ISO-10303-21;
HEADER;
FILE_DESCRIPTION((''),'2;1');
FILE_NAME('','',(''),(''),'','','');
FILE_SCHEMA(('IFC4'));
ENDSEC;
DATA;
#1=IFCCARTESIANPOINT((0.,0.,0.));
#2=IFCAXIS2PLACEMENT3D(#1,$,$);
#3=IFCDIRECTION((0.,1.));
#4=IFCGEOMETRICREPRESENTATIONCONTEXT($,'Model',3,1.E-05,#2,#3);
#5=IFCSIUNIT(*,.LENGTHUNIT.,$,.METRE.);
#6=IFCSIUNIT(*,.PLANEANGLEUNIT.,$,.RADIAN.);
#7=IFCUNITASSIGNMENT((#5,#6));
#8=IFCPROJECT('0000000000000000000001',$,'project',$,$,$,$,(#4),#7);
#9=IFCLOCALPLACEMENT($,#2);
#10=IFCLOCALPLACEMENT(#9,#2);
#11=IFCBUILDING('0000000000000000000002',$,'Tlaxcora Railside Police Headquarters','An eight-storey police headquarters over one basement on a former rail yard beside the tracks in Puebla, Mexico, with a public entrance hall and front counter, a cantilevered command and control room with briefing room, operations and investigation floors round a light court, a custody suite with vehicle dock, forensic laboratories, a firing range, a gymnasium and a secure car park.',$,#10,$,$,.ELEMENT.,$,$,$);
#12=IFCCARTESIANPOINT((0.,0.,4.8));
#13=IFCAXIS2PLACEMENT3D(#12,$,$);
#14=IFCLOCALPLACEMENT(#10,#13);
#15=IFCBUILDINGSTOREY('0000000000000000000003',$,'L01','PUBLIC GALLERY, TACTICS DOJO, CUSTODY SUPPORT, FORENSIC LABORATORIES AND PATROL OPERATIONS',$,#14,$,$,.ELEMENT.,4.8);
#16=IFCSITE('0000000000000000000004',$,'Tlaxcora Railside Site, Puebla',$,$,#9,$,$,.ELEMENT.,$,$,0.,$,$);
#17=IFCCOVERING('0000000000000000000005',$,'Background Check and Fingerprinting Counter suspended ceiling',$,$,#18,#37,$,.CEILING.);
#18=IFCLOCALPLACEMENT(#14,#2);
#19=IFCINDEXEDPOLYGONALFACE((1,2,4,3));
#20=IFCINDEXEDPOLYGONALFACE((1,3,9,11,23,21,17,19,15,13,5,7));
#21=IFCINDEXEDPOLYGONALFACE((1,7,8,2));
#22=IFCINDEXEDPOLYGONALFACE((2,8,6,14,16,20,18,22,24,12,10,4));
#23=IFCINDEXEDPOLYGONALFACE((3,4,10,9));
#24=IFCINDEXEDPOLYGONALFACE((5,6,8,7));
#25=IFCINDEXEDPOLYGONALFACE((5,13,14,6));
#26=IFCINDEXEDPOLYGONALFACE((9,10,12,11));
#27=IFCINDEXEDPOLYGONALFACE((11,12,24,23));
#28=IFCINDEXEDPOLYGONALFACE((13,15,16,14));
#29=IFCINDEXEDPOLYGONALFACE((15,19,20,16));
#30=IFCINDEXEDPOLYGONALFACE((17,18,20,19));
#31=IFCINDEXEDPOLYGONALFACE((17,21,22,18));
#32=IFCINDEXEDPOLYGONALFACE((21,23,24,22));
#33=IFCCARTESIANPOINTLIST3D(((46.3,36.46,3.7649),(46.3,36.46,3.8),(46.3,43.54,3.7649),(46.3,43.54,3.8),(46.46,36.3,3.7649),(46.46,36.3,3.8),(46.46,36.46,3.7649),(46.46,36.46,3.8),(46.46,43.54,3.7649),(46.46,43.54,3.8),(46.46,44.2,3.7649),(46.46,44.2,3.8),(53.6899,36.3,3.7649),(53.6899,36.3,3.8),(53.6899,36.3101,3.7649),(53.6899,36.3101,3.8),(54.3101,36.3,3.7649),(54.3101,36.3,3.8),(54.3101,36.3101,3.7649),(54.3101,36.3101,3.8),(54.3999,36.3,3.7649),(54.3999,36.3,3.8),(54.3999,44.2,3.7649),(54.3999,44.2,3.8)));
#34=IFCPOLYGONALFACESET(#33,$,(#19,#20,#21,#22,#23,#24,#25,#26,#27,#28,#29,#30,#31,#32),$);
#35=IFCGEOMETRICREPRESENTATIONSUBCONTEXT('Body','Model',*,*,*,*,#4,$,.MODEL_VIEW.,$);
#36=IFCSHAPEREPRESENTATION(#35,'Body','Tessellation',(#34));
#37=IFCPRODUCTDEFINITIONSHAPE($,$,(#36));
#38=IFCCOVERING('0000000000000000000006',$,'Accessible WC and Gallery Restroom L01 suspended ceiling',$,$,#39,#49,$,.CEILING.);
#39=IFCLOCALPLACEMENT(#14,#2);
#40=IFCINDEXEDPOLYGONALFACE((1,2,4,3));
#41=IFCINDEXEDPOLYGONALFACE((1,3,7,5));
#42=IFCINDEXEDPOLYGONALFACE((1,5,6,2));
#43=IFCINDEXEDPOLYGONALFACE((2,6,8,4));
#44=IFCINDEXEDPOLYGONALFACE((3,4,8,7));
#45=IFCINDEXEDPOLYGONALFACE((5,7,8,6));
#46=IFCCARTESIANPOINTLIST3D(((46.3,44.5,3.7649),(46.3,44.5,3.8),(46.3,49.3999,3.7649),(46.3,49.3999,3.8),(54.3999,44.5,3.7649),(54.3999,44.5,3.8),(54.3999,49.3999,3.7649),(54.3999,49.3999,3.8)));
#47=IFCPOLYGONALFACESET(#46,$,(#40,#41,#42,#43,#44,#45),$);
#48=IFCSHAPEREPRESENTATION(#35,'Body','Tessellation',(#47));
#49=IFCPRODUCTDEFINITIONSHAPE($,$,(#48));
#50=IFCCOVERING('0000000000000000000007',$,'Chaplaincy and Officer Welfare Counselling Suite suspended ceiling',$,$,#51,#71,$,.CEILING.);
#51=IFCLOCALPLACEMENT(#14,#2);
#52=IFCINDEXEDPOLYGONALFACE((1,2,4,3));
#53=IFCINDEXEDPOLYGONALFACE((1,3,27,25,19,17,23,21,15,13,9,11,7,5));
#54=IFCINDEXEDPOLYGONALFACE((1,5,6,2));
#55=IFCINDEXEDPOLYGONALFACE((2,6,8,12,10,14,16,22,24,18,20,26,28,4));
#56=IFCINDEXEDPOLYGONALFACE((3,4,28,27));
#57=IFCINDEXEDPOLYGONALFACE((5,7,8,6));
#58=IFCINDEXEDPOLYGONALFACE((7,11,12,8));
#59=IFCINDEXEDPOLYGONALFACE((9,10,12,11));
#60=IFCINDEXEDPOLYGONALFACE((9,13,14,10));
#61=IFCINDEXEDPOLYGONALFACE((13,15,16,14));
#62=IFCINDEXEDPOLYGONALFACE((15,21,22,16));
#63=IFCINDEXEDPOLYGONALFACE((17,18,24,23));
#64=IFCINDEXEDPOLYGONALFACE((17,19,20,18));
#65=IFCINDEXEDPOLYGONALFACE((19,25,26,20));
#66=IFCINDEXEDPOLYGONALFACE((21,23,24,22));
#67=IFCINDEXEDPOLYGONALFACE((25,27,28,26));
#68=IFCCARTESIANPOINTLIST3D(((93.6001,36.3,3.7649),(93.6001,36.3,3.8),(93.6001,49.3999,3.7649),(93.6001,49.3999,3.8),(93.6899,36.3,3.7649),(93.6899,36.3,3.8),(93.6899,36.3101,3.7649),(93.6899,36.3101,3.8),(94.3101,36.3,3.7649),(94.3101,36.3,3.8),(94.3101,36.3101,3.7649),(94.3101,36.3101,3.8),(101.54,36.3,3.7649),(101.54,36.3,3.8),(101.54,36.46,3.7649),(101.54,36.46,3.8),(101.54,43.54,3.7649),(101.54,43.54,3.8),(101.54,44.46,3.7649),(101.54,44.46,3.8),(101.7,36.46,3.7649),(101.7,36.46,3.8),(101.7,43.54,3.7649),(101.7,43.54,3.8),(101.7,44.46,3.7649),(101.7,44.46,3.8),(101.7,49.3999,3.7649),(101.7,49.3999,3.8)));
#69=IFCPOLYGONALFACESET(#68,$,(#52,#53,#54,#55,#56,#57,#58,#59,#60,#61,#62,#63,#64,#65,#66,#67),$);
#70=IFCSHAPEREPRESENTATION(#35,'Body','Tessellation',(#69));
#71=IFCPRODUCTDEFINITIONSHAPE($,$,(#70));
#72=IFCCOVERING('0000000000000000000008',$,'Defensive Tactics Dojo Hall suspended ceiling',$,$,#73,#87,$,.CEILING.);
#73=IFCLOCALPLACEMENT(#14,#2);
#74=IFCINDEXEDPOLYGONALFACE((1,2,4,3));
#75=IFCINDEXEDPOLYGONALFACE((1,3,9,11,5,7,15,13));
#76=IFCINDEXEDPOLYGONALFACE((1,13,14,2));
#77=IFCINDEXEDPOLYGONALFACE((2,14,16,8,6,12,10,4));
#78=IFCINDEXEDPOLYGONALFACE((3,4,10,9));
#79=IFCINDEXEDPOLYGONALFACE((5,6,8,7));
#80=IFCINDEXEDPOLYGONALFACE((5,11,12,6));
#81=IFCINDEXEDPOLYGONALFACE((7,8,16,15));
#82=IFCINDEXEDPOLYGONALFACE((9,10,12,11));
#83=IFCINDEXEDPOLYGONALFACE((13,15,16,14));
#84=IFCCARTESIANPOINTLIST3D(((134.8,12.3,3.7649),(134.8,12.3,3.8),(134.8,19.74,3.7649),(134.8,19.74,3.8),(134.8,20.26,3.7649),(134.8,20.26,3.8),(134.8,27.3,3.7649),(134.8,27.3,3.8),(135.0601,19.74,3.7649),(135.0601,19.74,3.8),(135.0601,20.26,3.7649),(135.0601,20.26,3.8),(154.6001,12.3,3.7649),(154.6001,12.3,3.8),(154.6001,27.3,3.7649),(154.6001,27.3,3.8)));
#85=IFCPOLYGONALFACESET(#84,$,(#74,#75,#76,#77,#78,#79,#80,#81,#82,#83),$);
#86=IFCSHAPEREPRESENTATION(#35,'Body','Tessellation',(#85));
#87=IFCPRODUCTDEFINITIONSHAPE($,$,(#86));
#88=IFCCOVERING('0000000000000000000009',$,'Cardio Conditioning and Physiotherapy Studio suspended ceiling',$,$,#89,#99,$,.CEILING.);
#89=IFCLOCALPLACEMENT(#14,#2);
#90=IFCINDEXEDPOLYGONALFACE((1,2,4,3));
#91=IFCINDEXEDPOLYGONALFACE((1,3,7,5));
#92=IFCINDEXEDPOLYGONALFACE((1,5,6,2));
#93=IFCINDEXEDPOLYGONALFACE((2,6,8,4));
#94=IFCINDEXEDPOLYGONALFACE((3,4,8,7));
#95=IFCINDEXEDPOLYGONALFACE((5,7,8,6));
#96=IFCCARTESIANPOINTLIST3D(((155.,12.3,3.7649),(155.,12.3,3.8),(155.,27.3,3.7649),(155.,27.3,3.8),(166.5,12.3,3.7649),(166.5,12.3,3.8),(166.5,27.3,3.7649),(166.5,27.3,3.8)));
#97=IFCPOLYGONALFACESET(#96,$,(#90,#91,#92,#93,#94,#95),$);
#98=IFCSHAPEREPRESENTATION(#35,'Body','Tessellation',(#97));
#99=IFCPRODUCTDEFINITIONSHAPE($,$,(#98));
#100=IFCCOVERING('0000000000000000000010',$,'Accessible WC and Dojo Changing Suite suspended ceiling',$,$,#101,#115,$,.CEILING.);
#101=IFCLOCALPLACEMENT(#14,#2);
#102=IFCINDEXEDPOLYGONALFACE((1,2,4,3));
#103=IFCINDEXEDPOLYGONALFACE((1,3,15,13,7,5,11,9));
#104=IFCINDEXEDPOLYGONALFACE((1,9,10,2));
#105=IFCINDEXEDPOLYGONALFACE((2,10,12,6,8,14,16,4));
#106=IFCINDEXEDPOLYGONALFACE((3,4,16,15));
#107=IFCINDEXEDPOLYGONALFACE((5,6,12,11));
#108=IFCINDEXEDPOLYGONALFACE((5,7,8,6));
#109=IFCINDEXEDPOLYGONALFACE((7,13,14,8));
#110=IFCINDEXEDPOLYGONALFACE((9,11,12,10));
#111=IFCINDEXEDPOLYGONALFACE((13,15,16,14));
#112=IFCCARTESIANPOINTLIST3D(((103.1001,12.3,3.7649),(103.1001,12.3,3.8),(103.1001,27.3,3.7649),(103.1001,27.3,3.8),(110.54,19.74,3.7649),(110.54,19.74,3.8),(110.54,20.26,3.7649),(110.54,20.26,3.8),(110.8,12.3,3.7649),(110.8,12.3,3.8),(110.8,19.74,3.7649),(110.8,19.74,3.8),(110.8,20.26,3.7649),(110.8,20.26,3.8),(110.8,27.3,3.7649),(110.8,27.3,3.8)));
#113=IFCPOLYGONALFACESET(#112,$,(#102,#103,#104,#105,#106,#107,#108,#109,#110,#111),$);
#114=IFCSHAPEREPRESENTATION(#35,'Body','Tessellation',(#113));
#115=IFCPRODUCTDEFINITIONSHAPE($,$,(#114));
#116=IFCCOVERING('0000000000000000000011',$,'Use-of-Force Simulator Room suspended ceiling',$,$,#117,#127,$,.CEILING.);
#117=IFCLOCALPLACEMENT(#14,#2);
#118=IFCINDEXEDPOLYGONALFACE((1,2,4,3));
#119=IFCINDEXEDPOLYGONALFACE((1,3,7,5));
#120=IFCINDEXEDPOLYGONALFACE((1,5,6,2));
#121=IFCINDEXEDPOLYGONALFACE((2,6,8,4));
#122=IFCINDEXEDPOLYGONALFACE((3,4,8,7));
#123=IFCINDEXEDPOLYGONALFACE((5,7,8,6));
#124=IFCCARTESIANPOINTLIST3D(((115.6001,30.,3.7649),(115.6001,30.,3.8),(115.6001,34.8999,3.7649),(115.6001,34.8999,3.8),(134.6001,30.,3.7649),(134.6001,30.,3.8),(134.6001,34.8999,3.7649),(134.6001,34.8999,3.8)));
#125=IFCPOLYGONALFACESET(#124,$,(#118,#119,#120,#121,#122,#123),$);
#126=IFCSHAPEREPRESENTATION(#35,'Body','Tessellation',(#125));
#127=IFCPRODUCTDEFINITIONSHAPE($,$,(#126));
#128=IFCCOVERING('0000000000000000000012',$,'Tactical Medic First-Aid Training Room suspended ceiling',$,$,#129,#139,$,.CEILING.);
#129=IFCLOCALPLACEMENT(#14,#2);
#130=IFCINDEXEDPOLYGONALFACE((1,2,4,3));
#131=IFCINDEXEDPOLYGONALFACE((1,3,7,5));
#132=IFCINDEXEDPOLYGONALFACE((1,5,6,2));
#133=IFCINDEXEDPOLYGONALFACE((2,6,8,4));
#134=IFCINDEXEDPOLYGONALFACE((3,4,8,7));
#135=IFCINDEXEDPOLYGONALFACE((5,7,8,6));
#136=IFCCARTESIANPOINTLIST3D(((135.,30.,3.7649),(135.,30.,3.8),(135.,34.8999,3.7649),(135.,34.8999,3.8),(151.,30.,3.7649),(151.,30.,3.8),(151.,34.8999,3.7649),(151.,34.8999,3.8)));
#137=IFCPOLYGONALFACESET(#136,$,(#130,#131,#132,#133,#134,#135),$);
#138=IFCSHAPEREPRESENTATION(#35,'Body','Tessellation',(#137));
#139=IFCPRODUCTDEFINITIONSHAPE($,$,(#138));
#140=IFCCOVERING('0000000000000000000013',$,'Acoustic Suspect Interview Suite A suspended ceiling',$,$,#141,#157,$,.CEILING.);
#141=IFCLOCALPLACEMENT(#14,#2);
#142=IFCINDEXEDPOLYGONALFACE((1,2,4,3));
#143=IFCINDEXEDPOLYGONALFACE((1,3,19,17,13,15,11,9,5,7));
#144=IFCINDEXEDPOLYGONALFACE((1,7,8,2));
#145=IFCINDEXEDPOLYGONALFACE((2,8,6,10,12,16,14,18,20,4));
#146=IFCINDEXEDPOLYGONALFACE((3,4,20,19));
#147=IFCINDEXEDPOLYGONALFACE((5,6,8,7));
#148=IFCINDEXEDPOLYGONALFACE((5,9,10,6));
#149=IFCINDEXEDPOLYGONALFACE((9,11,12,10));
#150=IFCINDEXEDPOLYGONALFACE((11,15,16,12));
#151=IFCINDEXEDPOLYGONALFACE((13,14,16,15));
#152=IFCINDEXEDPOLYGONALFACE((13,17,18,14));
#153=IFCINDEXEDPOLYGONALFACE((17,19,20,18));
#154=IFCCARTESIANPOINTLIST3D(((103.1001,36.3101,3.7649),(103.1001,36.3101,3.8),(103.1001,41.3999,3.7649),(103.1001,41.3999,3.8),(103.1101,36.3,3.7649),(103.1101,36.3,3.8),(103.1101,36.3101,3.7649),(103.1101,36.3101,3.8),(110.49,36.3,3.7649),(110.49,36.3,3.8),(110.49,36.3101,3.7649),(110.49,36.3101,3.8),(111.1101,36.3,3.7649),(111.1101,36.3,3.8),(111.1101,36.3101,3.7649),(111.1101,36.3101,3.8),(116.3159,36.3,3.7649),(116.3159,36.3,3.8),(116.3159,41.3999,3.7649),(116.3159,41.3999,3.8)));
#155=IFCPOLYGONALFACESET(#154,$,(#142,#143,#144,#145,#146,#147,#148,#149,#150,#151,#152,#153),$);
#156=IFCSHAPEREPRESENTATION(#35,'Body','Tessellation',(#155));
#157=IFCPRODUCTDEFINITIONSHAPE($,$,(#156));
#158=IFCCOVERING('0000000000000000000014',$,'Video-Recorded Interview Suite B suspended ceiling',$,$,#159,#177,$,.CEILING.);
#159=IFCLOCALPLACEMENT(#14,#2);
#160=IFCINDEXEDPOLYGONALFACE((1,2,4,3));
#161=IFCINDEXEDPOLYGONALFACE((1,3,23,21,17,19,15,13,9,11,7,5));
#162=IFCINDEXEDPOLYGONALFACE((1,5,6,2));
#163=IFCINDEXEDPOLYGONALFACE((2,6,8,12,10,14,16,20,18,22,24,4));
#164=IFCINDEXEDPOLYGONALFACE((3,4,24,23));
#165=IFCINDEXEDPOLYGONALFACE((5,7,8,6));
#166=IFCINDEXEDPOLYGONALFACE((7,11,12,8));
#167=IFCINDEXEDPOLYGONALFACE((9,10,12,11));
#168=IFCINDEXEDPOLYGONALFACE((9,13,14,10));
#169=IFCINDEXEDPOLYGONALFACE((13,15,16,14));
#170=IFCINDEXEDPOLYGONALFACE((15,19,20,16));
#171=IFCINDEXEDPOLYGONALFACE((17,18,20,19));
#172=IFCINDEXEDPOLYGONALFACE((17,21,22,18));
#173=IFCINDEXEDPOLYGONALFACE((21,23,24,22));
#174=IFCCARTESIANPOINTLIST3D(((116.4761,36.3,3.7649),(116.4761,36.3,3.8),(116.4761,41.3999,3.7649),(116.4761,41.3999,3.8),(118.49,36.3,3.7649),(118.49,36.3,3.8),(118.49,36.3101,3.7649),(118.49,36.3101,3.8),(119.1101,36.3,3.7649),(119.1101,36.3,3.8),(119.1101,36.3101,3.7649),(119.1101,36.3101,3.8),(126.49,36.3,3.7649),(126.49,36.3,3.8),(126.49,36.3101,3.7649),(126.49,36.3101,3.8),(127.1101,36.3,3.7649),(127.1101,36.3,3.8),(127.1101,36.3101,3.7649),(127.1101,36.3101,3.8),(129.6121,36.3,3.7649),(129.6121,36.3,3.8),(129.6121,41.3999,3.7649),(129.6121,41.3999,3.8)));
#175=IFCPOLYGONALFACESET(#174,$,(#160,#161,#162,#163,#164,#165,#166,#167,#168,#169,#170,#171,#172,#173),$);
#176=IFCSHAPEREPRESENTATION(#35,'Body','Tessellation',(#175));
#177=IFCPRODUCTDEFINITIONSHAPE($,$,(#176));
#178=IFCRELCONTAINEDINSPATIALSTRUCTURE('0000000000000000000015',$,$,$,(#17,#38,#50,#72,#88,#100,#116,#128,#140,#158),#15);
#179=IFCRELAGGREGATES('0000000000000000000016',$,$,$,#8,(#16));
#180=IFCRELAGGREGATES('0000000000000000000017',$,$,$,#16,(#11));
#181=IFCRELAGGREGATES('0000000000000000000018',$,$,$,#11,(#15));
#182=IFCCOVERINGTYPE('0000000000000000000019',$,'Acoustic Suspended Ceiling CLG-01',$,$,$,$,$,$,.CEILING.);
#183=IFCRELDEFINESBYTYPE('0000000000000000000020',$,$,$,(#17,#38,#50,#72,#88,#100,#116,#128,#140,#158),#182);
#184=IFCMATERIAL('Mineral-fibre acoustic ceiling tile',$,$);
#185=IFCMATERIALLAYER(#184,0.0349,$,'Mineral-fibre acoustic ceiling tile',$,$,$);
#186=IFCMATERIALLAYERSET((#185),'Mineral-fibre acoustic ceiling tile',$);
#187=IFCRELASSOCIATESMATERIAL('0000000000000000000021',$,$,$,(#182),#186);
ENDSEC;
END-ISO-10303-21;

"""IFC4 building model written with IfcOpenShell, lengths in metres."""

from ifc_helpers import new_model, si_unit, direction, frame, origin, place, context, subcontext, project, spatial, polyline, outline, extrude, material, layer, layer_set, type_object, element, save


model = new_model("IFC4")

# Units and contexts
model_context = context("Model", 3, precision=1e-05, world=origin(), true_north=direction((0.0, 1.0)))
body_context = subcontext(model_context, "Body", "Model", "MODEL_VIEW")
ifc_project = project(units=[si_unit("LENGTHUNIT", "METRE"), si_unit("PLANEANGLEUNIT", "RADIAN")], contexts=[model_context])

# Site, building, storey
site_placement = place(None, origin())
site = spatial("IfcSite", under=ifc_project, at=site_placement, Name="Tlaxcora Railside Site, Puebla", CompositionType="ELEMENT", RefElevation=0.0)
building_placement = place(site_placement, origin())
building = spatial("IfcBuilding", under=site, at=building_placement, Name="Tlaxcora Railside Police Headquarters", Description="An eight-storey police headquarters over one basement on a former rail yard beside the tracks in Puebla, Mexico, with a public entrance hall and front counter, a cantilevered command and control room with briefing room, operations and investigation floors round a light court, a custody suite with vehicle dock, forensic laboratories, a firing range, a gymnasium and a secure car park.", CompositionType="ELEMENT")
storey_placement = place(building_placement, frame((0.0, 0.0, 4.8)))
storey = spatial("IfcBuildingStorey", under=building, at=storey_placement, Name="L01", Description="PUBLIC GALLERY, TACTICS DOJO, CUSTODY SUPPORT, FORENSIC LABORATORIES AND PATROL OPERATIONS", CompositionType="ELEMENT", Elevation=4.8)

# Coverings
ifc_material_1 = material(Name="Mineral-fibre acoustic ceiling tile")
ifc_layer_1 = layer(ifc_material_1, 0.0349, Name="Mineral-fibre acoustic ceiling tile")
ifc_layer_set_1 = layer_set([ifc_layer_1], Name="Mineral-fibre acoustic ceiling tile")
covering_type = type_object("IfcCoveringType", Name="Acoustic Suspended Ceiling CLG-01", PredefinedType="CEILING", material=ifc_layer_set_1)
covering_1_placement = place(storey_placement, frame((0.0, 0.0, 3.7649)))
element("IfcCovering", 1, at=covering_1_placement, inside=storey, type_object=covering_type, Name="Background Check and Fingerprinting Counter suspended ceiling", PredefinedType="CEILING", context=body_context, shape_type="SweptSolid", body=[
    extrude(outline(polyline([(54.3999, 44.2), (46.46, 44.2), (46.46, 43.54), (46.3, 43.54), (46.3, 36.46), (46.46, 36.46), (46.46, 36.3), (53.6899, 36.3), (53.6899, 36.3101), (54.3101, 36.3101), (54.3101, 36.3), (54.3999, 36.3), (54.3999, 44.2)])), origin(), (0.0, 0.0, 1.0), 0.0352),
])
covering_2_placement = place(storey_placement, frame((0.0, 0.0, 3.7649)))
element("IfcCovering", 2, at=covering_2_placement, inside=storey, type_object=covering_type, Name="Accessible WC and Gallery Restroom L01 suspended ceiling", PredefinedType="CEILING", context=body_context, shape_type="SweptSolid", body=[
    extrude(outline(polyline([(54.3999, 44.5), (54.3999, 49.3999), (46.3, 49.3999), (46.3, 44.5), (54.3999, 44.5)])), origin(), (0.0, 0.0, 1.0), 0.0352),
])
covering_3_placement = place(storey_placement, frame((0.0, 0.0, 3.7649)))
element("IfcCovering", 3, at=covering_3_placement, inside=storey, type_object=covering_type, Name="Chaplaincy and Officer Welfare Counselling Suite suspended ceiling", PredefinedType="CEILING", context=body_context, shape_type="SweptSolid", body=[
    extrude(outline(polyline([(101.7, 49.3999), (93.6001, 49.3999), (93.6001, 36.3), (93.6899, 36.3), (93.6899, 36.3101), (94.3101, 36.3101), (94.3101, 36.3), (101.54, 36.3), (101.54, 36.46), (101.7, 36.46), (101.7, 43.54), (101.54, 43.54), (101.54, 44.46), (101.7, 44.46), (101.7, 49.3999)])), origin(), (0.0, 0.0, 1.0), 0.0352),
])
covering_4_placement = place(storey_placement, frame((0.0, 0.0, 3.7649)))
element("IfcCovering", 4, at=covering_4_placement, inside=storey, type_object=covering_type, Name="Defensive Tactics Dojo Hall suspended ceiling", PredefinedType="CEILING", context=body_context, shape_type="SweptSolid", body=[
    extrude(outline(polyline([(134.8, 12.3), (154.6001, 12.3), (154.6001, 27.3), (134.8, 27.3), (134.8, 20.26), (135.0601, 20.26), (135.0601, 19.74), (134.8, 19.74), (134.8, 12.3)])), origin(), (0.0, 0.0, 1.0), 0.0352),
])
covering_5_placement = place(storey_placement, frame((0.0, 0.0, 3.7649)))
element("IfcCovering", 5, at=covering_5_placement, inside=storey, type_object=covering_type, Name="Cardio Conditioning and Physiotherapy Studio suspended ceiling", PredefinedType="CEILING", context=body_context, shape_type="SweptSolid", body=[
    extrude(outline(polyline([(166.5, 12.3), (166.5, 27.3), (155.0, 27.3), (155.0, 12.3), (166.5, 12.3)])), origin(), (0.0, 0.0, 1.0), 0.0352),
])
covering_6_placement = place(storey_placement, frame((0.0, 0.0, 3.7649)))
element("IfcCovering", 6, at=covering_6_placement, inside=storey, type_object=covering_type, Name="Accessible WC and Dojo Changing Suite suspended ceiling", PredefinedType="CEILING", context=body_context, shape_type="SweptSolid", body=[
    extrude(outline(polyline([(103.1001, 12.3), (110.8, 12.3), (110.8, 19.74), (110.54, 19.74), (110.54, 20.26), (110.8, 20.26), (110.8, 27.3), (103.1001, 27.3), (103.1001, 12.3)])), origin(), (0.0, 0.0, 1.0), 0.0352),
])
covering_7_placement = place(storey_placement, frame((0.0, 0.0, 3.7649)))
element("IfcCovering", 7, at=covering_7_placement, inside=storey, type_object=covering_type, Name="Use-of-Force Simulator Room suspended ceiling", PredefinedType="CEILING", context=body_context, shape_type="SweptSolid", body=[
    extrude(outline(polyline([(134.6001, 30.0), (134.6001, 34.8999), (115.6001, 34.8999), (115.6001, 30.0), (134.6001, 30.0)])), origin(), (0.0, 0.0, 1.0), 0.0352),
])
covering_8_placement = place(storey_placement, frame((0.0, 0.0, 3.7649)))
element("IfcCovering", 8, at=covering_8_placement, inside=storey, type_object=covering_type, Name="Tactical Medic First-Aid Training Room suspended ceiling", PredefinedType="CEILING", context=body_context, shape_type="SweptSolid", body=[
    extrude(outline(polyline([(151.0, 30.0), (151.0, 34.8999), (135.0, 34.8999), (135.0, 30.0), (151.0, 30.0)])), origin(), (0.0, 0.0, 1.0), 0.0352),
])
covering_9_placement = place(storey_placement, frame((0.0, 0.0, 3.7649)))
element("IfcCovering", 9, at=covering_9_placement, inside=storey, type_object=covering_type, Name="Acoustic Suspect Interview Suite A suspended ceiling", PredefinedType="CEILING", context=body_context, shape_type="SweptSolid", body=[
    extrude(outline(polyline([(103.1001, 41.3999), (103.1001, 36.3101), (103.1101, 36.3101), (103.1101, 36.3), (110.49, 36.3), (110.49, 36.3101), (111.1101, 36.3101), (111.1101, 36.3), (116.3159, 36.3), (116.3159, 41.3999), (103.1001, 41.3999)])), origin(), (0.0, 0.0, 1.0), 0.0352),
])
covering_10_placement = place(storey_placement, frame((0.0, 0.0, 3.7649)))
element("IfcCovering", 10, at=covering_10_placement, inside=storey, type_object=covering_type, Name="Video-Recorded Interview Suite B suspended ceiling", PredefinedType="CEILING", context=body_context, shape_type="SweptSolid", body=[
    extrude(outline(polyline([(116.4761, 41.3999), (116.4761, 36.3), (118.49, 36.3), (118.49, 36.3101), (119.1101, 36.3101), (119.1101, 36.3), (126.49, 36.3), (126.49, 36.3101), (127.1101, 36.3101), (127.1101, 36.3), (129.6121, 36.3), (129.6121, 41.3999), (116.4761, 41.3999)])), origin(), (0.0, 0.0, 1.0), 0.0352),
])

save(model, "model.ifc")
